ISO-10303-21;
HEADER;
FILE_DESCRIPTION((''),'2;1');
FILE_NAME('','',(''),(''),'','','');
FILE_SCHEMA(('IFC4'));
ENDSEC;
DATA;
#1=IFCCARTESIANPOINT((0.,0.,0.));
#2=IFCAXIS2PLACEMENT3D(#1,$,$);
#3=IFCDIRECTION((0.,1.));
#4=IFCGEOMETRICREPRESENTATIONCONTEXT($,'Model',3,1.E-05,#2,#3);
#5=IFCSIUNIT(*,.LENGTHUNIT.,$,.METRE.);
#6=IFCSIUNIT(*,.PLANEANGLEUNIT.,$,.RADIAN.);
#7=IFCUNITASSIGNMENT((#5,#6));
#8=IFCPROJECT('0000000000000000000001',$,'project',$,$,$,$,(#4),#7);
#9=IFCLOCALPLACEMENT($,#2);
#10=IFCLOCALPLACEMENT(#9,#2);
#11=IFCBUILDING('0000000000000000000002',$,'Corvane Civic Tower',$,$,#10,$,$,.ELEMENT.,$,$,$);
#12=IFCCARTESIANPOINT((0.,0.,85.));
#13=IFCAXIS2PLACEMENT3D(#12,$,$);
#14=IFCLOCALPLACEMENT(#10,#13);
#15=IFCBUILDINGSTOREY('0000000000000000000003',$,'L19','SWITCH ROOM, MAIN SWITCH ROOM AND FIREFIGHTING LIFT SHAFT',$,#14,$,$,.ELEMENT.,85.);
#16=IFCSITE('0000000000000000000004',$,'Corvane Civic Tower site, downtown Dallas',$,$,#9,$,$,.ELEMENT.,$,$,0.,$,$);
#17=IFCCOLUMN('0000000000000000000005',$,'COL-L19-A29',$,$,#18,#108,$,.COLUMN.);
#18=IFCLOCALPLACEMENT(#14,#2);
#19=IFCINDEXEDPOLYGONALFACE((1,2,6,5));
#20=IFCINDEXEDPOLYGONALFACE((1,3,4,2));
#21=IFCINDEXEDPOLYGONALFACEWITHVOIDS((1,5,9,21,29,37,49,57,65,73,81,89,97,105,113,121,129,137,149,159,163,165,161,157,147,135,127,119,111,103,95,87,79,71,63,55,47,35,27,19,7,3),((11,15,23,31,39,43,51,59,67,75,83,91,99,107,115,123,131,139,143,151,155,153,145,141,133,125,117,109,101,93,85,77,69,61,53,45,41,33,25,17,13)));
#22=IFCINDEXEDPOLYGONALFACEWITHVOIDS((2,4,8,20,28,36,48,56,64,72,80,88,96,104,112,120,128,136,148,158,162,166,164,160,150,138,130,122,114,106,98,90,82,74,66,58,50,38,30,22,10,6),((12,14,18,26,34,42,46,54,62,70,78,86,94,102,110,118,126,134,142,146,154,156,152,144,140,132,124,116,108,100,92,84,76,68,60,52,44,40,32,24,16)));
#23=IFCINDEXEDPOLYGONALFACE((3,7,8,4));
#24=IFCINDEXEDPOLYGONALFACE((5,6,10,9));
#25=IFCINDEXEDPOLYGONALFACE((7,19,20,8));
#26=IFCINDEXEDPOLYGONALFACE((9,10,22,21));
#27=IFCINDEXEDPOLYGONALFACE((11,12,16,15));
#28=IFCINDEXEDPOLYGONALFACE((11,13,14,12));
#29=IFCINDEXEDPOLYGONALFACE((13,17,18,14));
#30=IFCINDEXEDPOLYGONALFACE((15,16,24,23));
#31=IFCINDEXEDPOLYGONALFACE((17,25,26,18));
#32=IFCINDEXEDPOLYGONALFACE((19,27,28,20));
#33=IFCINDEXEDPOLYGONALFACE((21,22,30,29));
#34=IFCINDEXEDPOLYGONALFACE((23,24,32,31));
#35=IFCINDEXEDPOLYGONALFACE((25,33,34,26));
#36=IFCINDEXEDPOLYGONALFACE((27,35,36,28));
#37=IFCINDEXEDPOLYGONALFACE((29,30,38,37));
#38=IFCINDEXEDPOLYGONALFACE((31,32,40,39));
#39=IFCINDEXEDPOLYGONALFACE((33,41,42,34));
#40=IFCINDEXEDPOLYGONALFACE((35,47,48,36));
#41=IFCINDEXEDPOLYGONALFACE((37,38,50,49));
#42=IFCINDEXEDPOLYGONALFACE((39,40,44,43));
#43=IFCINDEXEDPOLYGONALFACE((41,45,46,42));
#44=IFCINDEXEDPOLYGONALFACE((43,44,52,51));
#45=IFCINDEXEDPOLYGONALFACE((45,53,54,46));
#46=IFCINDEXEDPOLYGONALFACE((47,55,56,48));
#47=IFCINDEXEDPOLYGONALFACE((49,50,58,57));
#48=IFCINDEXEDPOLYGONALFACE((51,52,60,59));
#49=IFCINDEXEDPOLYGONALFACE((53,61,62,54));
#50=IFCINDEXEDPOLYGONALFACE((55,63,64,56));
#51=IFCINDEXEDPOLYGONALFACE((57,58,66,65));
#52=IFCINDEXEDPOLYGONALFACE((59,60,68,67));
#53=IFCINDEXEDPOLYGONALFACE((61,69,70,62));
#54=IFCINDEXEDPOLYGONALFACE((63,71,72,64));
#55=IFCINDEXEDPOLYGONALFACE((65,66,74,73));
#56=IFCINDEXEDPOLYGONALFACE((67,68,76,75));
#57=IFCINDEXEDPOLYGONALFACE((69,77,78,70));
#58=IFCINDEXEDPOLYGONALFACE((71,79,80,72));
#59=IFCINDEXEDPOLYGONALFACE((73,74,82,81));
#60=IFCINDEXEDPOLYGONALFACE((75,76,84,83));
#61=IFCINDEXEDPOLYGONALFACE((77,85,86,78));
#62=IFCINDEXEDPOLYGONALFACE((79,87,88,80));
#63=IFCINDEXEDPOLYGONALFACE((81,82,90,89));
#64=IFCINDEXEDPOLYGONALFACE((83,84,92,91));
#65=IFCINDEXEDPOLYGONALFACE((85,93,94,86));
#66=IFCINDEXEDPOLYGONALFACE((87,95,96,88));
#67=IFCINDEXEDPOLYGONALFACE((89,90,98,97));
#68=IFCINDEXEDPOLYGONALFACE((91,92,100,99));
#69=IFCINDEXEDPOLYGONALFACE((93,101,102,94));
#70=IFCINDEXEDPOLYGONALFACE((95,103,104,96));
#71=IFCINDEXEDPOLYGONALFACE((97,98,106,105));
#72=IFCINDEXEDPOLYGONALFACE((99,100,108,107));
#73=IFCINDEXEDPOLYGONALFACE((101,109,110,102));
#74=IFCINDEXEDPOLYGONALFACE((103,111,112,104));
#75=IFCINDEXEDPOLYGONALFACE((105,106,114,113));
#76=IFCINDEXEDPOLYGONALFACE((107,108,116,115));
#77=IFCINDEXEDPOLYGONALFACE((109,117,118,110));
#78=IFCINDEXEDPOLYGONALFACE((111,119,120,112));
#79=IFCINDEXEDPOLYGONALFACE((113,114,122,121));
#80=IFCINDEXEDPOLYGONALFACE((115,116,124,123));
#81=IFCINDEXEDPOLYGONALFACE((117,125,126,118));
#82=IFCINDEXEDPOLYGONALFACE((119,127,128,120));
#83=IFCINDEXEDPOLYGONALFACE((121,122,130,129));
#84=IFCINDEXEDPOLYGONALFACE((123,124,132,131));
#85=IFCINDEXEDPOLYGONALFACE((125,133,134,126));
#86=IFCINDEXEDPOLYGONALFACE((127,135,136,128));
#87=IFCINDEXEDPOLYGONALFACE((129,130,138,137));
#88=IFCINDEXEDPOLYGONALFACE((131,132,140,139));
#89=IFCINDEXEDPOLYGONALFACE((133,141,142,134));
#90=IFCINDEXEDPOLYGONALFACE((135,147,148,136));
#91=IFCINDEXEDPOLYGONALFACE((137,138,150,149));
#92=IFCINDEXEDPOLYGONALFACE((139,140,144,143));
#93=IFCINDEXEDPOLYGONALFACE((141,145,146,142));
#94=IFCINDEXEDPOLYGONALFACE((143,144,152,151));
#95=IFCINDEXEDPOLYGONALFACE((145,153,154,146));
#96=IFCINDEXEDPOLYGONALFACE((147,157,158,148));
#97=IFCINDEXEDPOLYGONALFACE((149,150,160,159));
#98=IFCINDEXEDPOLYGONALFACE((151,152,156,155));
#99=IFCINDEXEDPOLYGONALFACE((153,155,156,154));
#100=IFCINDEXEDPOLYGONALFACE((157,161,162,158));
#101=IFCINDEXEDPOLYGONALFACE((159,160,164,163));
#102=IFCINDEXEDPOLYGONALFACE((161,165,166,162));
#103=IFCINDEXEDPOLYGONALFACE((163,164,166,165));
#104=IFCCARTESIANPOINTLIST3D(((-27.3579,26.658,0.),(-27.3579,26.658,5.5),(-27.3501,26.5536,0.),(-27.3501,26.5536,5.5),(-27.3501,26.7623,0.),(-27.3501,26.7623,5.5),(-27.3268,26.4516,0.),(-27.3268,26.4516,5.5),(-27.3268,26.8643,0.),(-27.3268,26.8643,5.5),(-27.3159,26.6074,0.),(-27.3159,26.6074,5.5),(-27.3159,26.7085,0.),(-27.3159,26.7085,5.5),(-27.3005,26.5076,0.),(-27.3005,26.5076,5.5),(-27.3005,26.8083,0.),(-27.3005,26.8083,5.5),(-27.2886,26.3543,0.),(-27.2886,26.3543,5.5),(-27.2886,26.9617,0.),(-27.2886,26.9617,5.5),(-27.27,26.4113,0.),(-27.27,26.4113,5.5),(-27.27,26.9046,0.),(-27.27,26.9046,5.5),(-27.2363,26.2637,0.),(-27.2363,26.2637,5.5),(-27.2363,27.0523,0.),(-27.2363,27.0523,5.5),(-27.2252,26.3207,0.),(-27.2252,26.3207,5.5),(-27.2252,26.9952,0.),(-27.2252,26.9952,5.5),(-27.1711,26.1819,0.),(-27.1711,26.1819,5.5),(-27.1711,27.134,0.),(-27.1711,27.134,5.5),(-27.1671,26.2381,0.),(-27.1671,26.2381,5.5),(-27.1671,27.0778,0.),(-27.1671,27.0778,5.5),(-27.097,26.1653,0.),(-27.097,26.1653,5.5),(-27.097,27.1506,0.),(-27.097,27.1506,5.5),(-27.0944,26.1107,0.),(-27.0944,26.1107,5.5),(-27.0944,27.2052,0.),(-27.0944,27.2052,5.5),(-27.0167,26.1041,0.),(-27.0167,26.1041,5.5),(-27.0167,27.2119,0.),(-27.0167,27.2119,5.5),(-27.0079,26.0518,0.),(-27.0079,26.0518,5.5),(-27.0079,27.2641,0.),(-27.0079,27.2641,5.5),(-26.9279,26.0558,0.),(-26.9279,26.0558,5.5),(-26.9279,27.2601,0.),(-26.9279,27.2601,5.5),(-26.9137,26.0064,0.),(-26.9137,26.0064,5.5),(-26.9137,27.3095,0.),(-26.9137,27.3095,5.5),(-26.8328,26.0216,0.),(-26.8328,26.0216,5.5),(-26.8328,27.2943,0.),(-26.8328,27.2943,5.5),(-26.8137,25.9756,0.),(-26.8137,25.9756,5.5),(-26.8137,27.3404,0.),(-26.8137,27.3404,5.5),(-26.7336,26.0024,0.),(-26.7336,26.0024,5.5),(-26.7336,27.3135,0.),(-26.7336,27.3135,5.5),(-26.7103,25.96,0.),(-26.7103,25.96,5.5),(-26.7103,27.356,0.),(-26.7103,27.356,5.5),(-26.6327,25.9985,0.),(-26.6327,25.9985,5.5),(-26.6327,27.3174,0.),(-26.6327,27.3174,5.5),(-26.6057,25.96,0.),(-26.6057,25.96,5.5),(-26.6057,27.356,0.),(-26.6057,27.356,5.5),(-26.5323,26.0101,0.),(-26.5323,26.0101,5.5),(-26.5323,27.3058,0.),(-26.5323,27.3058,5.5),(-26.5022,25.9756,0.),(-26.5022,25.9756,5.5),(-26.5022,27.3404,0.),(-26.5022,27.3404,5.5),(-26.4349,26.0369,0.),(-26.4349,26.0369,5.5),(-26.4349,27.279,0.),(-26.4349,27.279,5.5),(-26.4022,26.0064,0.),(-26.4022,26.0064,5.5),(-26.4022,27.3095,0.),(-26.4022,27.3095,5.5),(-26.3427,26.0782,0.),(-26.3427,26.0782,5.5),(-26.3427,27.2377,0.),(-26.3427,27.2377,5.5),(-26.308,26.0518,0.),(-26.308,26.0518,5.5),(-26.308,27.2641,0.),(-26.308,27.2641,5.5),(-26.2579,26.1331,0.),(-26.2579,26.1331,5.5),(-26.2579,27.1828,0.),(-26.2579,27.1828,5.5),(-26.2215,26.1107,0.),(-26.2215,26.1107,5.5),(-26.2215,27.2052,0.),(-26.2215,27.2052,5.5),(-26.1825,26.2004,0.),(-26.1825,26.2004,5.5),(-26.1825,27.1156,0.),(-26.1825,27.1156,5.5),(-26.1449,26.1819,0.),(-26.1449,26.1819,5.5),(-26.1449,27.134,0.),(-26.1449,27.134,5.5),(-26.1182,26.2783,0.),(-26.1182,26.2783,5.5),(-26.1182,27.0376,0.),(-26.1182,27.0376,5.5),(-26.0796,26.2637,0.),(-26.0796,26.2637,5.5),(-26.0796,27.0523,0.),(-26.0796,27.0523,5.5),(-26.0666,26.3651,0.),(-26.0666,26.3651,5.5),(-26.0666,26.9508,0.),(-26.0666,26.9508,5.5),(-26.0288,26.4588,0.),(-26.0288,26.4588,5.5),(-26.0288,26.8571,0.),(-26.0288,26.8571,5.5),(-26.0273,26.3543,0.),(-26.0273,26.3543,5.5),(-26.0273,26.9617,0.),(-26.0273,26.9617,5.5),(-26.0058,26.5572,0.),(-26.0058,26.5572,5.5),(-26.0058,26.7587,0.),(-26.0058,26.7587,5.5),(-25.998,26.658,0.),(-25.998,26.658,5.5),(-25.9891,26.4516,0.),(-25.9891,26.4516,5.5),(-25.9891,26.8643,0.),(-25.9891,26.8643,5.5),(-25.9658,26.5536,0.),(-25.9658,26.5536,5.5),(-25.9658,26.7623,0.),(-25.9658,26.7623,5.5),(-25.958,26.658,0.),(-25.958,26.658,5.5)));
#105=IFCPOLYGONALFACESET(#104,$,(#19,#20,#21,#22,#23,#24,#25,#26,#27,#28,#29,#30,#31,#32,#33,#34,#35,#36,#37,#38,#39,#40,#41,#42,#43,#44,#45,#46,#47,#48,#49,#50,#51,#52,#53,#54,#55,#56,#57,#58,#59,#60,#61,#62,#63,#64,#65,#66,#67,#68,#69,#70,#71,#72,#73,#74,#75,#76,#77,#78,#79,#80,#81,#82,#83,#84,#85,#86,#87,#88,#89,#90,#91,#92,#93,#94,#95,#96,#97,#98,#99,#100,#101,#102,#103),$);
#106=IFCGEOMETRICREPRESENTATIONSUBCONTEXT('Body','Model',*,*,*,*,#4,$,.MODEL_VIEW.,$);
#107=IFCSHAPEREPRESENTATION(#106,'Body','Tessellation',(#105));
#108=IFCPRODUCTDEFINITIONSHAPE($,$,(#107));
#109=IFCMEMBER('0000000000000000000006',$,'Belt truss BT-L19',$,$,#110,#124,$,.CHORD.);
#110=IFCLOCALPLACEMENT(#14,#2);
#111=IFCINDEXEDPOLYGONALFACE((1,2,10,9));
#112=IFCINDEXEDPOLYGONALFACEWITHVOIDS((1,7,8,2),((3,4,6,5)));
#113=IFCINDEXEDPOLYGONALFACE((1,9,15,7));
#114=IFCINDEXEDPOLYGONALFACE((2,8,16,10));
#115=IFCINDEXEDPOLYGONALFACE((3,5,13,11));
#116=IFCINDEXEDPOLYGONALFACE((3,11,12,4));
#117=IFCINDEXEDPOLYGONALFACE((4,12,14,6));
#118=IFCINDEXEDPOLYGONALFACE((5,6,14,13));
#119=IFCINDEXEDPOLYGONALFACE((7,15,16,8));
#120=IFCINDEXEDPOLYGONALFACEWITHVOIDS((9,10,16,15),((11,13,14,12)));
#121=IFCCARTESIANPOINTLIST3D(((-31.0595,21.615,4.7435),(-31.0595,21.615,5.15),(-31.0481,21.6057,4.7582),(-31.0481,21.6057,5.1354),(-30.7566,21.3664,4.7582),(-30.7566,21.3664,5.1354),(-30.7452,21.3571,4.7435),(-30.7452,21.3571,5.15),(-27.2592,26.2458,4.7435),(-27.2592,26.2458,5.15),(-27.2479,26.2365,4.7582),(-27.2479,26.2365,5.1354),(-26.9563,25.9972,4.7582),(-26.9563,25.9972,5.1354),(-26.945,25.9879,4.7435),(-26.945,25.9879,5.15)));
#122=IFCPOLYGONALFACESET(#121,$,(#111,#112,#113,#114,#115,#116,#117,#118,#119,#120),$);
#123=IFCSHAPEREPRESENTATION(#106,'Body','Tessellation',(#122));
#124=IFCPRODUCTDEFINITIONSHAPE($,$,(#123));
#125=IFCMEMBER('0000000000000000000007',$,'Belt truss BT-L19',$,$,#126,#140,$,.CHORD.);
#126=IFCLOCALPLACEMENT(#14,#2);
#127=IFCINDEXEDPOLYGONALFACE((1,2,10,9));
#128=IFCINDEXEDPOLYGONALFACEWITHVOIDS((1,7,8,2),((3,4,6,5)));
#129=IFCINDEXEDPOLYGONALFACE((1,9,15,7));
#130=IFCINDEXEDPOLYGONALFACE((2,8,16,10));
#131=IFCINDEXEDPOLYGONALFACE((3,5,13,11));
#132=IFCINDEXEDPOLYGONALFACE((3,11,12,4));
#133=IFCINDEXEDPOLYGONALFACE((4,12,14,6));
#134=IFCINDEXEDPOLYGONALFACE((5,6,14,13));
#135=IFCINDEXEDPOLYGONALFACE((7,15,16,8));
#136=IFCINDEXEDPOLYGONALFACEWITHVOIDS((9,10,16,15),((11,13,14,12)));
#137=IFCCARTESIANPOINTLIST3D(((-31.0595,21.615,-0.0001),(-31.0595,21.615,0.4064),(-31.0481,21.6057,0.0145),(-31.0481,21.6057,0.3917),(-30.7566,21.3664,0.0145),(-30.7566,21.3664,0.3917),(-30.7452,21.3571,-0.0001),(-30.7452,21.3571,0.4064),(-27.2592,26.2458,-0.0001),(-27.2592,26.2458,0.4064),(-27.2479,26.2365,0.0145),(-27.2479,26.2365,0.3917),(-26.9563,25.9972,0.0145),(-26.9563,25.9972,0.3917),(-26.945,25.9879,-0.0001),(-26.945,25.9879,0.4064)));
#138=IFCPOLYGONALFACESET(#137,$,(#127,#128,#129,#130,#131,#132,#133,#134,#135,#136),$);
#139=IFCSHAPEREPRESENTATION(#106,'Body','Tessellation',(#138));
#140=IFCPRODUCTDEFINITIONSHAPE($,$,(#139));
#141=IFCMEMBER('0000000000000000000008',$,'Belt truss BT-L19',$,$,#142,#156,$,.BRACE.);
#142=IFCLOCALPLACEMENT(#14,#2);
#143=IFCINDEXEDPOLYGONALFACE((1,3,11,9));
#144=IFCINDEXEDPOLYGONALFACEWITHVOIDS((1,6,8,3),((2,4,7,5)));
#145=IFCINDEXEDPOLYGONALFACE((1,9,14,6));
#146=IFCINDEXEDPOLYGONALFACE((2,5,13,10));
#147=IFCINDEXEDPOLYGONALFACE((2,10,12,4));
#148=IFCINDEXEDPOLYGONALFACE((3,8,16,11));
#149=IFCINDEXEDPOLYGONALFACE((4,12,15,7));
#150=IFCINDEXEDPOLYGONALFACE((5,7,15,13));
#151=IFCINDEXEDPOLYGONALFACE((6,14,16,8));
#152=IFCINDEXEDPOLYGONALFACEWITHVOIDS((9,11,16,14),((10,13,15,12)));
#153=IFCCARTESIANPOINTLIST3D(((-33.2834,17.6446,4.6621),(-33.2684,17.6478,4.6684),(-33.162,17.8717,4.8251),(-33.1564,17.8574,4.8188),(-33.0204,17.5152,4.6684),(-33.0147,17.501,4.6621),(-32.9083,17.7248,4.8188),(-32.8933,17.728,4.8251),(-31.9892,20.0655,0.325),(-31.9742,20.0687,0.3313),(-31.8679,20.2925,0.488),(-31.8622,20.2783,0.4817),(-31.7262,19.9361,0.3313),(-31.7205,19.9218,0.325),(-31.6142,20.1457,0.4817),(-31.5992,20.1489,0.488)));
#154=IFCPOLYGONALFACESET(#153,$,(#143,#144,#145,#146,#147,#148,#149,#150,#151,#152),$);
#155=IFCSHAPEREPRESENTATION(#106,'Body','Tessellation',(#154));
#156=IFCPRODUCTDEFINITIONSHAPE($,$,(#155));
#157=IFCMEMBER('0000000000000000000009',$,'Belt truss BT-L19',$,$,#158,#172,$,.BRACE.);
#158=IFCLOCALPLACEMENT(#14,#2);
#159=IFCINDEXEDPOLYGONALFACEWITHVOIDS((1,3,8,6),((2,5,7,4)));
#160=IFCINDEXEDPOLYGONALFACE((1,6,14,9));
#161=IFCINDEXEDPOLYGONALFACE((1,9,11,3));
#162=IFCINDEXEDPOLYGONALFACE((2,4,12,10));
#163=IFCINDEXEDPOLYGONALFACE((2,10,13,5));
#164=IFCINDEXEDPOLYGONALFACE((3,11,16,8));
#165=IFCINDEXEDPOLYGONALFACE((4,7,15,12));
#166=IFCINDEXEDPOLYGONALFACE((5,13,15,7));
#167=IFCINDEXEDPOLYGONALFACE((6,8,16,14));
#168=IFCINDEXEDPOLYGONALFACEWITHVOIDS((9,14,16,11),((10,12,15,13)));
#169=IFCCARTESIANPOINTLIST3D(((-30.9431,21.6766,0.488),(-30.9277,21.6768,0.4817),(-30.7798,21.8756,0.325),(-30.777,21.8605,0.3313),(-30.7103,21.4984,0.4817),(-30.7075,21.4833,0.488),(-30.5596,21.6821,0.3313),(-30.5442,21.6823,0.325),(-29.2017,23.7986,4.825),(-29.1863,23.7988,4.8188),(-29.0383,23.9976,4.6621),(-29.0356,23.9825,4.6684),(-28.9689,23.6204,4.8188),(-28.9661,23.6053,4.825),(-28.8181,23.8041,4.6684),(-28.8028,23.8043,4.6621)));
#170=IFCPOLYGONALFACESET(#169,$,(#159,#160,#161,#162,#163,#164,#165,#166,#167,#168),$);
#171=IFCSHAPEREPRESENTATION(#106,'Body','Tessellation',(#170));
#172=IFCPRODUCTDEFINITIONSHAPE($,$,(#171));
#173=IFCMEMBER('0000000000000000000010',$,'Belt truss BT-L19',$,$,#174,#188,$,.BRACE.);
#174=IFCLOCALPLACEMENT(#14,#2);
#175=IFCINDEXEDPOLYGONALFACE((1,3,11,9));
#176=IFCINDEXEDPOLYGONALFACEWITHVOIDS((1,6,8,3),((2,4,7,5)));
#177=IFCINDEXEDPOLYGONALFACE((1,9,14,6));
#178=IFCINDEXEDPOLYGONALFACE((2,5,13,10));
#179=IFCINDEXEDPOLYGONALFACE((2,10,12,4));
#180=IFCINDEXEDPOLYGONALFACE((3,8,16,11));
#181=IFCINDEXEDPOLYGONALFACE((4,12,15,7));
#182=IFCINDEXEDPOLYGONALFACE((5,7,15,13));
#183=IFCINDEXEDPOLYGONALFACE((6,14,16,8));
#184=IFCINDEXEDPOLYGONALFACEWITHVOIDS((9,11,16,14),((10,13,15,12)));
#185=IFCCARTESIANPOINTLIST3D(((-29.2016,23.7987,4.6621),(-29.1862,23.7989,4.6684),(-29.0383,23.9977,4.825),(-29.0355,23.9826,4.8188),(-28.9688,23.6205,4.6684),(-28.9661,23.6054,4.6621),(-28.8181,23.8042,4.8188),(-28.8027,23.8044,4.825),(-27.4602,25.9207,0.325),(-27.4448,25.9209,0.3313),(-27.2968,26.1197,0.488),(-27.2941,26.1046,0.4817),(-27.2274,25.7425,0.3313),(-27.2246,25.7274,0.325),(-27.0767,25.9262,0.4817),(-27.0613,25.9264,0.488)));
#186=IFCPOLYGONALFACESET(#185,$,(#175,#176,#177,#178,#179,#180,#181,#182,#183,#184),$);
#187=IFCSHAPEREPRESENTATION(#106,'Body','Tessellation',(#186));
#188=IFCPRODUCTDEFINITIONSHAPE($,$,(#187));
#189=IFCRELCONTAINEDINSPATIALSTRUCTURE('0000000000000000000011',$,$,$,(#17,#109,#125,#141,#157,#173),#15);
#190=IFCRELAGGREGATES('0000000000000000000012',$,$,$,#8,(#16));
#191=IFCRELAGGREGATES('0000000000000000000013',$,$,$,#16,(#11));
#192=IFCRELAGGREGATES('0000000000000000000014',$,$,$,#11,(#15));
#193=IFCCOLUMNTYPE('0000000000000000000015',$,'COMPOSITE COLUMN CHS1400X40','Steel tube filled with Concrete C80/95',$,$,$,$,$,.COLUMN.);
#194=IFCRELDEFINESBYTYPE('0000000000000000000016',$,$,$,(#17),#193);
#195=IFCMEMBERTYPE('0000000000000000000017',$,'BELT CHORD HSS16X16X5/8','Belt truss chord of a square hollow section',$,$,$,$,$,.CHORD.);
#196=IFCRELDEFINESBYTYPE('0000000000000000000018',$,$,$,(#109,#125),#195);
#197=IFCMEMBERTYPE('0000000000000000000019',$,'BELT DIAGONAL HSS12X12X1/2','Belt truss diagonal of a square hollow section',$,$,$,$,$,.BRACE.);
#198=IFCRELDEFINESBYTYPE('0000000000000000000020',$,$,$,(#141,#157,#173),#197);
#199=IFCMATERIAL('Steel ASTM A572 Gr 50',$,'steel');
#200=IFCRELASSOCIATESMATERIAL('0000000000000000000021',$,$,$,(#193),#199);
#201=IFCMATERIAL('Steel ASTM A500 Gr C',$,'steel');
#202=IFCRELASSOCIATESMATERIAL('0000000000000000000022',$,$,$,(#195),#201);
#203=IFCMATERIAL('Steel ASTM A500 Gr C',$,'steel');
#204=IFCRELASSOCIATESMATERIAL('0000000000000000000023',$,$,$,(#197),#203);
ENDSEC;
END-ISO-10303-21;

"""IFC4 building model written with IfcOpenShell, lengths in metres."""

from ifc_helpers import new_model, si_unit, direction, frame, origin, origin_2d, place, context, subcontext, project, spatial, hollow_rectangle, hollow_circle, extrude, material, material_profile, profile_set, type_object, element, save


model = new_model("IFC4")

# Units and contexts
model_context = context("Model", 3, precision=1e-05, world=origin(), true_north=direction((0.0, 1.0)))
body_context = subcontext(model_context, "Body", "Model", "MODEL_VIEW")
ifc_project = project(units=[si_unit("LENGTHUNIT", "METRE"), si_unit("PLANEANGLEUNIT", "RADIAN")], contexts=[model_context])

# Site, building, storey
site_placement = place(None, origin())
site = spatial("IfcSite", under=ifc_project, at=site_placement, Name="Corvane Civic Tower site, downtown Dallas", CompositionType="ELEMENT", RefElevation=0.0)
building_placement = place(site_placement, origin())
building = spatial("IfcBuilding", under=site, at=building_placement, Name="Corvane Civic Tower", CompositionType="ELEMENT")
storey_placement = place(building_placement, frame((0.0, 0.0, 85.0)))
storey = spatial("IfcBuildingStorey", under=building, at=storey_placement, Name="L19", Description="SWITCH ROOM, MAIN SWITCH ROOM AND FIREFIGHTING LIFT SHAFT", CompositionType="ELEMENT", Elevation=85.0)

# Column
ifc_material_1 = material(Name="Steel ASTM A572 Gr 50", Category="steel")
ifc_material_profile_1 = material_profile(ifc_material_1, hollow_circle(Radius=0.7, WallThickness=0.04, at=origin_2d()), Name="CHS1400X40")
ifc_profile_set_1 = profile_set([ifc_material_profile_1], Name="Steel ASTM A572 Gr 50")
column_type_1 = type_object("IfcColumnType", Name="COMPOSITE COLUMN CHS1400X40", Description="Steel tube filled with Concrete C80/95", PredefinedType="COLUMN", material=ifc_profile_set_1)
for number, where, z_axis, x_axis, name in (
    (1, (-26.658, 26.658, 0.0), (0.0, 0.0, 1.0), (1.0, 0.0, 0.0), "COL-L19-A29"),
):
    element("IfcColumn", number, at=place(storey_placement, frame(where, z_axis=z_axis, x_axis=x_axis)), inside=storey, type_object=column_type_1, Name=name, PredefinedType="COLUMN", context=body_context, shape_type="SweptSolid", body=[
        extrude(hollow_circle(Radius=0.7, WallThickness=0.04, at=origin_2d()), origin(), (0.0, 0.0, 1.0), 5.5),
    ])

# Members
ifc_material_2 = material(Name="Steel ASTM A500 Gr C", Category="steel")
ifc_material_profile_2 = material_profile(ifc_material_2, hollow_rectangle(XDim=0.4065, YDim=0.4065, WallThickness=0.0146, at=origin_2d()), Name="HSS16X16X5/8")
ifc_profile_set_2 = profile_set([ifc_material_profile_2], Name="Steel ASTM A500 Gr C")
member_type_1 = type_object("IfcMemberType", Name="BELT CHORD HSS16X16X5/8", Description="Belt truss chord of a square hollow section", PredefinedType="CHORD", material=ifc_profile_set_2)
for number, where, z_axis, x_axis, name in (
    (2, (-30.9023, 21.4861, 4.9468), (0.634378, 0.773023, 0.0), (-0.773023, 0.634378, 0.0), "Belt truss BT-L19"),
    (3, (-30.9023, 21.4861, 0.2031), (0.634378, 0.773023, 0.0), (-0.773023, 0.634378, 0.0), "Belt truss BT-L19"),
):
    element("IfcMember", number, at=place(storey_placement, frame(where, z_axis=z_axis, x_axis=x_axis)), inside=storey, type_object=member_type_1, Name=name, PredefinedType="CHORD", context=body_context, shape_type="SweptSolid", body=[
        extrude(hollow_rectangle(XDim=0.4065, YDim=0.4065, WallThickness=0.0146, at=origin_2d()), origin(), (0.0, 0.0, 1.0), 5.9905),
    ])
ifc_material_3 = material(Name="Steel ASTM A500 Gr C", Category="steel")
ifc_material_profile_3 = material_profile(ifc_material_3, hollow_rectangle(XDim=0.3047, YDim=0.3047, WallThickness=0.0117, at=origin_2d()), Name="HSS12X12X1/2")
ifc_profile_set_3 = profile_set([ifc_material_profile_3], Name="Steel ASTM A500 Gr C")
member_type_2 = type_object("IfcMemberType", Name="BELT DIAGONAL HSS12X12X1/2", Description="Belt truss diagonal of a square hollow section", PredefinedType="BRACE", material=ifc_profile_set_3)
for number, where, z_axis, x_axis, name in (
    (4, (-31.7942, 20.1072, 0.4065), (-0.252136, -0.471644, 0.844973), (0.881892, -0.471451, 0.0), "Belt truss BT-L19"),
    (5, (-30.7437, 21.6794, 0.4065), (0.339272, 0.413424, 0.84497), (-0.773025, 0.634375, 0.0), "Belt truss BT-L19"),
    (6, (-27.2607, 25.9236, 0.4065), (-0.339272, -0.413424, 0.84497), (0.773025, -0.634375, 0.0), "Belt truss BT-L19"),
):
    element("IfcMember", number, at=place(storey_placement, frame(where, z_axis=z_axis, x_axis=x_axis)), inside=storey, type_object=member_type_2, Name=name, PredefinedType="BRACE", context=body_context, shape_type="SweptSolid", body=[
        extrude(hollow_rectangle(XDim=0.3047, YDim=0.3047, WallThickness=0.0117, at=origin_2d()), origin(), (0.0, 0.0, 1.0), 5.1328),
    ])

save(model, "model.ifc")
